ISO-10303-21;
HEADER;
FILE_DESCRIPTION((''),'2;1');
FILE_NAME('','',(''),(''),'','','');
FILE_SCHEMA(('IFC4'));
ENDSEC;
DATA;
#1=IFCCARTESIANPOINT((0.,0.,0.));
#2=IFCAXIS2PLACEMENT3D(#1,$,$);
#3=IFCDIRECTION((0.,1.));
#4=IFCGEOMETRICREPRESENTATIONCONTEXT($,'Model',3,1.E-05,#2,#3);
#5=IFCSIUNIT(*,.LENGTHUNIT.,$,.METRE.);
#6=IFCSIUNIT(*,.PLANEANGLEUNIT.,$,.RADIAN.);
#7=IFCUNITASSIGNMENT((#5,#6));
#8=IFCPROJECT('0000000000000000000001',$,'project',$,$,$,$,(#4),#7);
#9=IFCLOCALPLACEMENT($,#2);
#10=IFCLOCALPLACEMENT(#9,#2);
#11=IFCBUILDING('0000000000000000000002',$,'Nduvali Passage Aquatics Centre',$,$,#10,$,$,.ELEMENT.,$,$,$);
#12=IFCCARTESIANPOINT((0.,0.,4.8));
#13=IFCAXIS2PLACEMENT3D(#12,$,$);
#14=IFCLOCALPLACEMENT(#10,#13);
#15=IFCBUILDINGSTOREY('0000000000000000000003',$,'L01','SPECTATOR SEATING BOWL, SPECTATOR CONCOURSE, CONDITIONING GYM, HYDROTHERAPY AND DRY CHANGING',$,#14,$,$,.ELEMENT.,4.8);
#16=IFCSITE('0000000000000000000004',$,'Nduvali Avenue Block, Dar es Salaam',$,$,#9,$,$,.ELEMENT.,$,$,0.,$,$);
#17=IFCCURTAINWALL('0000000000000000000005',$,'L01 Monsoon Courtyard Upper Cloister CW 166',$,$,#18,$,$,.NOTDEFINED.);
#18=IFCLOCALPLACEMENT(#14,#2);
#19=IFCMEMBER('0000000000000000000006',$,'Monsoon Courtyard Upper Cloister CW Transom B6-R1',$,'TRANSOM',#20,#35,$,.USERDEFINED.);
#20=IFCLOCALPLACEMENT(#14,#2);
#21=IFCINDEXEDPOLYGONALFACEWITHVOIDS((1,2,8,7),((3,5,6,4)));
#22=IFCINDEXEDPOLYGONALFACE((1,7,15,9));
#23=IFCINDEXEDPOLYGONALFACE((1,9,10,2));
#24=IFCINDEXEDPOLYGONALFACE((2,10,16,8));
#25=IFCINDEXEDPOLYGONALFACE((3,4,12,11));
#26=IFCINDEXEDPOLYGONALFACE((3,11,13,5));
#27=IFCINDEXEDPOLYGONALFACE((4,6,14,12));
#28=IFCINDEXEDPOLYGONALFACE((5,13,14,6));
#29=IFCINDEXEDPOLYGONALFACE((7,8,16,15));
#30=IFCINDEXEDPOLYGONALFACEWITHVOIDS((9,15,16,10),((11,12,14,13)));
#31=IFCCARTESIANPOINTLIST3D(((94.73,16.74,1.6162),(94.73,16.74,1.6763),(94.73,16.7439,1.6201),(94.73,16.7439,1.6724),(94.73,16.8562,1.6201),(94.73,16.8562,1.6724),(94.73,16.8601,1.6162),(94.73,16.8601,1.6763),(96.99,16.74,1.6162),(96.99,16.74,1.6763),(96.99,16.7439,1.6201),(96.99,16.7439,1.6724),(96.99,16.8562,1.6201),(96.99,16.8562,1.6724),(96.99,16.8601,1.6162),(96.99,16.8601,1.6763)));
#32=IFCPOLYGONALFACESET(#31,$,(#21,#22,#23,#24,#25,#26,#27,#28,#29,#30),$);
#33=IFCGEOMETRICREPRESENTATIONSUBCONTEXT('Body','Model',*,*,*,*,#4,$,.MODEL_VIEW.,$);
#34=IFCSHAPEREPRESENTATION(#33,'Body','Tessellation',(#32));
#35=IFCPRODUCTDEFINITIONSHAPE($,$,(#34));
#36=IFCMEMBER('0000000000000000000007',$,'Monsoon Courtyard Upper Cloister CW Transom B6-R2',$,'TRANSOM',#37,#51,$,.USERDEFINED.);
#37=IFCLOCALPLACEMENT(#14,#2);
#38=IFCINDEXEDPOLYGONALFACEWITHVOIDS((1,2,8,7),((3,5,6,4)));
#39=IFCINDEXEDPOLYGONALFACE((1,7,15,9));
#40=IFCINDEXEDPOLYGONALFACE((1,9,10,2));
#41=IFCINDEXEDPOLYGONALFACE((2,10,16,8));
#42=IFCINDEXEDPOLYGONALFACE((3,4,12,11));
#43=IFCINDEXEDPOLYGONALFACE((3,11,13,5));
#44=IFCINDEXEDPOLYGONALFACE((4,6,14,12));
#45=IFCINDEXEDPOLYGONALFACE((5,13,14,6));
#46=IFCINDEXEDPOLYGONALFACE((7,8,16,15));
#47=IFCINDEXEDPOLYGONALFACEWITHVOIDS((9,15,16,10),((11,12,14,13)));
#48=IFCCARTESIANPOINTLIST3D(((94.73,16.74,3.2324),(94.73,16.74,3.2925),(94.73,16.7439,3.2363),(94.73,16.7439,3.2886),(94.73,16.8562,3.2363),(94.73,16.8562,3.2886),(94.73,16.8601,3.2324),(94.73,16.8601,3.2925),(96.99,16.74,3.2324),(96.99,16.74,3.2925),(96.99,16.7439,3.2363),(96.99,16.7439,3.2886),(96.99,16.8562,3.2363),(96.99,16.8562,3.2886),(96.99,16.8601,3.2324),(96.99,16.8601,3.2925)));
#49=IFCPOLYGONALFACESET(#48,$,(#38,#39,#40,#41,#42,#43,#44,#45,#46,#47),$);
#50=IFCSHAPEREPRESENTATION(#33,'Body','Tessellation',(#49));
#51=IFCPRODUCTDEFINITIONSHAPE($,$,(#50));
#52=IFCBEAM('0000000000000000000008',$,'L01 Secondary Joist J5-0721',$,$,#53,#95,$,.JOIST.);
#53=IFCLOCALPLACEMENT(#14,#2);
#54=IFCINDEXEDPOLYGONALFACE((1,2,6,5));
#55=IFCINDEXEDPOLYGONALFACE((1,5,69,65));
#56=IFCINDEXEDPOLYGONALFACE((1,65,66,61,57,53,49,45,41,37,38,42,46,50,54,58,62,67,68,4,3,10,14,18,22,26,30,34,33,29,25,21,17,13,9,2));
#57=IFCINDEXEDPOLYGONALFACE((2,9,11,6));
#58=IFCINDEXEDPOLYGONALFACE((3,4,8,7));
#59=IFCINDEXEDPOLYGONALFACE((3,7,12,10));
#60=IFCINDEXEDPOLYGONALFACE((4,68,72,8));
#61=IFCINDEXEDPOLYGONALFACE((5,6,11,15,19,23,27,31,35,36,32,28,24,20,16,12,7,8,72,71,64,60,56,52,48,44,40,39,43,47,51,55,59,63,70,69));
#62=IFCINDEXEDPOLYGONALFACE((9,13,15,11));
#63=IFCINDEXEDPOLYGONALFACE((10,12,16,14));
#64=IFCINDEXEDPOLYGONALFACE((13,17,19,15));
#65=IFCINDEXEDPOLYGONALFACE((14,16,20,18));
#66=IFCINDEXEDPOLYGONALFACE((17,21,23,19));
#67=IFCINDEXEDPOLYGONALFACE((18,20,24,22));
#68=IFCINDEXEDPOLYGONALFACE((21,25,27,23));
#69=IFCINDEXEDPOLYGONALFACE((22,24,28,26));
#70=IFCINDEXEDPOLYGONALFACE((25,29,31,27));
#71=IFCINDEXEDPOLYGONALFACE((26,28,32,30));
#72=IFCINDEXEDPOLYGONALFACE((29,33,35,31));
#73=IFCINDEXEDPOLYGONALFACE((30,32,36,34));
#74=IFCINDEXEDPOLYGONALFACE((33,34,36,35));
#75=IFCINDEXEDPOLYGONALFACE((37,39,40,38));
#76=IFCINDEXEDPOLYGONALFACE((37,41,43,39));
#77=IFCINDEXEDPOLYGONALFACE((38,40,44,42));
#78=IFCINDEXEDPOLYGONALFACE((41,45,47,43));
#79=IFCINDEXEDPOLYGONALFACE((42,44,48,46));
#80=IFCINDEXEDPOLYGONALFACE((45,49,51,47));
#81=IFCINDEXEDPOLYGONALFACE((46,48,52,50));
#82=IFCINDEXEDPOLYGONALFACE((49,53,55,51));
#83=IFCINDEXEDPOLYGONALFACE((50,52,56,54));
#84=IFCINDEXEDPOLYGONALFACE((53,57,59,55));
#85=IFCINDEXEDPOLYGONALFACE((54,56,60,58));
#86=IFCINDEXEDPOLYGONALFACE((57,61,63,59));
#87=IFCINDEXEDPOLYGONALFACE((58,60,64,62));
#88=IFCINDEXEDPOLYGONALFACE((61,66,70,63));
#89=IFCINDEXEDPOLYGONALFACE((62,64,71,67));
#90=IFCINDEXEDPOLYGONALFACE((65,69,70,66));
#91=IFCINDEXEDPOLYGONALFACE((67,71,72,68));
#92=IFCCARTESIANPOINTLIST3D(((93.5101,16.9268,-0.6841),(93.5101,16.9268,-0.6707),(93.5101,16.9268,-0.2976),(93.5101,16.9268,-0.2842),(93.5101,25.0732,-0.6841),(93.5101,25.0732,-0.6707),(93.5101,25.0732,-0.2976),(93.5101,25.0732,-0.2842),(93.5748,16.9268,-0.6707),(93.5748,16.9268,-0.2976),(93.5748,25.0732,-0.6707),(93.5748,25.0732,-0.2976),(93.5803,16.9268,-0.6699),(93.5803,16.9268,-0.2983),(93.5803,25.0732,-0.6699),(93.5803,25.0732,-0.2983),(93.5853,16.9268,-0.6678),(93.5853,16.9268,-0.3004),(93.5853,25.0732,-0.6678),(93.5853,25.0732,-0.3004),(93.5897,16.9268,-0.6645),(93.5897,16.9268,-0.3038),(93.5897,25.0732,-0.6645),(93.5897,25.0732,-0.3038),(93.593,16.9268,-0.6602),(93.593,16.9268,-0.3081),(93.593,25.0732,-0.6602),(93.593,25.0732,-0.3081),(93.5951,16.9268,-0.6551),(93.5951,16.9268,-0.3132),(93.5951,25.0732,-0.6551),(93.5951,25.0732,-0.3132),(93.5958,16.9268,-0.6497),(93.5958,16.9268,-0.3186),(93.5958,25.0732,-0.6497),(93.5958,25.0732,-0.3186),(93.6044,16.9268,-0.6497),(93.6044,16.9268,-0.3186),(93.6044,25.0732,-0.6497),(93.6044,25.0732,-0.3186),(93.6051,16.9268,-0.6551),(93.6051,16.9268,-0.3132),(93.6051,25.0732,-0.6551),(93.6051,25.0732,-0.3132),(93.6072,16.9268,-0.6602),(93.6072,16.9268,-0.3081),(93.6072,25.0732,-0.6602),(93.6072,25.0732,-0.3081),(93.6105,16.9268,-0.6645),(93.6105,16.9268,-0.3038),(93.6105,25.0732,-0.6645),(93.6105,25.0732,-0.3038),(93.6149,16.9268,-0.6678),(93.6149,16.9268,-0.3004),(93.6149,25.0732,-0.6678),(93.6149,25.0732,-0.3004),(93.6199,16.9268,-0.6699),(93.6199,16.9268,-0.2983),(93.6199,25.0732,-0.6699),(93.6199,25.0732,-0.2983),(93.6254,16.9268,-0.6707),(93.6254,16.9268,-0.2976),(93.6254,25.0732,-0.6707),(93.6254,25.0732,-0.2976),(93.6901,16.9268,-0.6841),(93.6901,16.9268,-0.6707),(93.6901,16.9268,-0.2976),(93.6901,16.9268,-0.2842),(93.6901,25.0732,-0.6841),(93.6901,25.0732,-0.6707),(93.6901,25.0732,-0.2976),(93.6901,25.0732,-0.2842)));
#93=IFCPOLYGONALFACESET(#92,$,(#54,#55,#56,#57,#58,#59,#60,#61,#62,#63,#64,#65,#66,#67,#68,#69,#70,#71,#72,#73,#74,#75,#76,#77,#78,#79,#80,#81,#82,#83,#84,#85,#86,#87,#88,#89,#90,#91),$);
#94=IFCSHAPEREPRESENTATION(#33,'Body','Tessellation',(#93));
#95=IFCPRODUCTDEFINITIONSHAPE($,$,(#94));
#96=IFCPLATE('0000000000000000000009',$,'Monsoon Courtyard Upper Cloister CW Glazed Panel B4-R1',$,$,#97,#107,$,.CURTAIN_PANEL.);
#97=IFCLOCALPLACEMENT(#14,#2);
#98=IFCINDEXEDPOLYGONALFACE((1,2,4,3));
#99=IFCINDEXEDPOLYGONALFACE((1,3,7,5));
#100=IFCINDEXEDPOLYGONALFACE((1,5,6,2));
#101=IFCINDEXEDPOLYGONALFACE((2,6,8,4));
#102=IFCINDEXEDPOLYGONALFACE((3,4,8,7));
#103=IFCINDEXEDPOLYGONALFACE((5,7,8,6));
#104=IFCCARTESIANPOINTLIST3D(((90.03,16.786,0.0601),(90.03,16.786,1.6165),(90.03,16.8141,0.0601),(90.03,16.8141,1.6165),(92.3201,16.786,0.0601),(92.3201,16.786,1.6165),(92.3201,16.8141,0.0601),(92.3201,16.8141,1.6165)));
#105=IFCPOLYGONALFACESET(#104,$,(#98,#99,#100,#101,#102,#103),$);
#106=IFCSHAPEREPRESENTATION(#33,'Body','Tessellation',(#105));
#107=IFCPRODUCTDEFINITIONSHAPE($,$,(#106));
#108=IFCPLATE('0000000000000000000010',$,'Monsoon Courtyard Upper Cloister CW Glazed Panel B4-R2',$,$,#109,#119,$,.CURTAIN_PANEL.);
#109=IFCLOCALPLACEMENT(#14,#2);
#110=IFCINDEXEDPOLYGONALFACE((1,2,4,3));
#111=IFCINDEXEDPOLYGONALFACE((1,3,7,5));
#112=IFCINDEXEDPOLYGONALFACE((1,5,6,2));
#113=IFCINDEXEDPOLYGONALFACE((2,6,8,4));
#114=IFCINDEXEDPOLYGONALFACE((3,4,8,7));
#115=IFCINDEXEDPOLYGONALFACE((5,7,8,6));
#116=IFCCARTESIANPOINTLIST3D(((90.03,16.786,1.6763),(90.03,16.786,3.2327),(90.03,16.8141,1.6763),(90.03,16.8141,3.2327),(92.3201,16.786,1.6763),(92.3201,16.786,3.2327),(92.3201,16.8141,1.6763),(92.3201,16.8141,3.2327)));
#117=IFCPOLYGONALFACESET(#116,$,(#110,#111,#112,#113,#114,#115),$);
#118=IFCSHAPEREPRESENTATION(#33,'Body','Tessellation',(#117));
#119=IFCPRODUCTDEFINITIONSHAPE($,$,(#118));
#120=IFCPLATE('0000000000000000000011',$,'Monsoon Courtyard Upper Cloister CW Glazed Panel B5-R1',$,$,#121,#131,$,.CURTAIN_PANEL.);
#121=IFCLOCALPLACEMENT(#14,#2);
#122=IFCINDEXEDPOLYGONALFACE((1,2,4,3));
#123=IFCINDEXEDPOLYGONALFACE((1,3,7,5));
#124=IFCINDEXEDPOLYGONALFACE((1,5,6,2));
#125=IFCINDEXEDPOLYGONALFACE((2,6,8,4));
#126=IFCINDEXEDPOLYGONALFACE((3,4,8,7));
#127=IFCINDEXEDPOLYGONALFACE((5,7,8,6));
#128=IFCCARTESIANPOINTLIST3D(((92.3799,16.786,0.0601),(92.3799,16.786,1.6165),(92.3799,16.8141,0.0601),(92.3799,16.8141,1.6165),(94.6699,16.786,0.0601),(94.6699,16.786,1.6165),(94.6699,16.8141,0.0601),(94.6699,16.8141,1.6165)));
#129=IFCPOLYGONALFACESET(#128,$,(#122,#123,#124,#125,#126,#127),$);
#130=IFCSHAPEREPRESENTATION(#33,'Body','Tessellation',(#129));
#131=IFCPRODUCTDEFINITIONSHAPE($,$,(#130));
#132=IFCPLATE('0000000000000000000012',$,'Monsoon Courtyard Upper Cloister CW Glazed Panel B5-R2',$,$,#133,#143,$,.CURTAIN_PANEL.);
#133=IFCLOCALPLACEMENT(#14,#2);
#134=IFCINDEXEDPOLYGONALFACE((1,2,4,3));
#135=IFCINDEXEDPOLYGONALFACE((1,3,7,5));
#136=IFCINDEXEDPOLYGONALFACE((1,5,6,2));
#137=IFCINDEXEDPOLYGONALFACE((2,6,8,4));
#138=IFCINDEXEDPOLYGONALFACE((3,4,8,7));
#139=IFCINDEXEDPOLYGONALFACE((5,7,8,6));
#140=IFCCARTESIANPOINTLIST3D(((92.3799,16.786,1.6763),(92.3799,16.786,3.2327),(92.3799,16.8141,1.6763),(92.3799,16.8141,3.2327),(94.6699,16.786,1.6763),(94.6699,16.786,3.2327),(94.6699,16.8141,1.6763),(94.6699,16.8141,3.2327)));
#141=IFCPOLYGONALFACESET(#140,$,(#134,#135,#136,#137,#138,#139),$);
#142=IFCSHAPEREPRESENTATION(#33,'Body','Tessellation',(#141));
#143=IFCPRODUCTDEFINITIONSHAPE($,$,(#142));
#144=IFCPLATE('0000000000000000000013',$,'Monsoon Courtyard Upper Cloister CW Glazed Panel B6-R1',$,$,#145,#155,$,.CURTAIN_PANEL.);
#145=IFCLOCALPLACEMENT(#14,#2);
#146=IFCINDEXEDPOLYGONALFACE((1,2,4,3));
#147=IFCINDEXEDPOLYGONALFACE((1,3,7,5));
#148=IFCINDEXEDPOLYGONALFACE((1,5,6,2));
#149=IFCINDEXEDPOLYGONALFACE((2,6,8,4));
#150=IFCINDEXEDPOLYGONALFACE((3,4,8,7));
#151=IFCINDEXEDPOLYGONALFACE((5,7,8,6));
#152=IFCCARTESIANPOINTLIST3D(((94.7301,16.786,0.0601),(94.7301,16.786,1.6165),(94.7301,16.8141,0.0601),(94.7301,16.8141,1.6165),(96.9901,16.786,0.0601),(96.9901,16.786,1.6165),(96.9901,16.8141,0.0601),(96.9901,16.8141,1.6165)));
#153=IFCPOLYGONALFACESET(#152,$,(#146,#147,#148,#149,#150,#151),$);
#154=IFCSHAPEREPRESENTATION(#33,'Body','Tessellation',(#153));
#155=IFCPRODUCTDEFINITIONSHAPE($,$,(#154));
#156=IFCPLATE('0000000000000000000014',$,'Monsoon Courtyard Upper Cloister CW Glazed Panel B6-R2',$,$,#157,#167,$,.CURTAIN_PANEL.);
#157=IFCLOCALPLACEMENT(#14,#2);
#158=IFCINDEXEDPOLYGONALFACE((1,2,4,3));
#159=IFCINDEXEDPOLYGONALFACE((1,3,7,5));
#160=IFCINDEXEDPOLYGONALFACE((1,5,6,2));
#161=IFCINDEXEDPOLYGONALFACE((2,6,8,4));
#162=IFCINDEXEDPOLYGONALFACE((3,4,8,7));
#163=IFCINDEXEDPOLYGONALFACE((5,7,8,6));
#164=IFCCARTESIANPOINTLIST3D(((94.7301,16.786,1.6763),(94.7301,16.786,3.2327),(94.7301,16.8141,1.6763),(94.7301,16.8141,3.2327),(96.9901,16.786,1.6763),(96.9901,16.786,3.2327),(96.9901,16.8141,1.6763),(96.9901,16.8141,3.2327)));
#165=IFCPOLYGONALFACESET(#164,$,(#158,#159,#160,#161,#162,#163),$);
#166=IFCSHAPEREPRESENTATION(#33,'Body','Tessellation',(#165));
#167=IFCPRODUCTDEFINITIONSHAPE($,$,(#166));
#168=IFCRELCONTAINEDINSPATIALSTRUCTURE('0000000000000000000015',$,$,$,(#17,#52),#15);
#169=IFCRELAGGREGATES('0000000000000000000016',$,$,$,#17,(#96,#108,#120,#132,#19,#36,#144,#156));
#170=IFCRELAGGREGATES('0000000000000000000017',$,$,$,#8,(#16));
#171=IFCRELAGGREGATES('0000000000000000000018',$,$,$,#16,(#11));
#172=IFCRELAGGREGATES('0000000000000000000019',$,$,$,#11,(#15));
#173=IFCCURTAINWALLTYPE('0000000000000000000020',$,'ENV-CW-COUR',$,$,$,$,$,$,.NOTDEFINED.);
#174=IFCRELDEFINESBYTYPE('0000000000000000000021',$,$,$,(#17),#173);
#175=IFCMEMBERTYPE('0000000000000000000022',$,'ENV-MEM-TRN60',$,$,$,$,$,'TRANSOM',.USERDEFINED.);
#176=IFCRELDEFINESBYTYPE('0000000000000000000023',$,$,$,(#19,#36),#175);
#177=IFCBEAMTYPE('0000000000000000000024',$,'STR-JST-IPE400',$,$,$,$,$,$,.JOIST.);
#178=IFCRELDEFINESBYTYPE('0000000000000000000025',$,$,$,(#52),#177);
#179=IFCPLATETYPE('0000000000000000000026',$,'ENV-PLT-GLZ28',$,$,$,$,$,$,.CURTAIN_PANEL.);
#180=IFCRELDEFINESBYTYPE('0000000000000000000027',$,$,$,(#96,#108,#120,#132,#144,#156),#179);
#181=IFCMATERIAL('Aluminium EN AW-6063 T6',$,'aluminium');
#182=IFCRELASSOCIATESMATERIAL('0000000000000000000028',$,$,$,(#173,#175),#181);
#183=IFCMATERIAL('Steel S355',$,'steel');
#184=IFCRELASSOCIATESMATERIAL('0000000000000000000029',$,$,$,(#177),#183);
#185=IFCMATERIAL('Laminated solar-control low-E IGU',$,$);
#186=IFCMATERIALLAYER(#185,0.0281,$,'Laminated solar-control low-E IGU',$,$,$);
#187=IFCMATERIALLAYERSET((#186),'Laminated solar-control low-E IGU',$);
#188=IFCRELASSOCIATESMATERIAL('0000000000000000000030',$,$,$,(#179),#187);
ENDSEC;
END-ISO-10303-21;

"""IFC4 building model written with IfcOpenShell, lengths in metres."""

from ifc_helpers import new_model, si_unit, direction, frame, origin, origin_2d, place, context, subcontext, project, spatial, rectangle, hollow_rectangle, i_section, extrude, material, layer, layer_set, material_profile, profile_set, type_object, element, aggregate, save


model = new_model("IFC4")

# Units and contexts
model_context = context("Model", 3, precision=1e-05, world=origin(), true_north=direction((0.0, 1.0)))
body_context = subcontext(model_context, "Body", "Model", "MODEL_VIEW")
ifc_project = project(units=[si_unit("LENGTHUNIT", "METRE"), si_unit("PLANEANGLEUNIT", "RADIAN")], contexts=[model_context])

# Site, building, storey
site_placement = place(None, origin())
site = spatial("IfcSite", under=ifc_project, at=site_placement, Name="Nduvali Avenue Block, Dar es Salaam", CompositionType="ELEMENT", RefElevation=0.0)
building_placement = place(site_placement, origin())
building = spatial("IfcBuilding", under=site, at=building_placement, Name="Nduvali Passage Aquatics Centre", CompositionType="ELEMENT")
storey_placement = place(building_placement, frame((0.0, 0.0, 4.8)))
storey = spatial("IfcBuildingStorey", under=building, at=storey_placement, Name="L01", Description="SPECTATOR SEATING BOWL, SPECTATOR CONCOURSE, CONDITIONING GYM, HYDROTHERAPY AND DRY CHANGING", CompositionType="ELEMENT", Elevation=4.8)

# Curtain wall, members
ifc_material_1 = material(Name="Aluminium EN AW-6063 T6", Category="aluminium")
curtain_wall_type = type_object("IfcCurtainWallType", Name="ENV-CW-COUR", PredefinedType="NOTDEFINED", material=ifc_material_1)
curtain_wall_placement = place(storey_placement, origin())
curtain_wall = element("IfcCurtainWall", 1, at=curtain_wall_placement, inside=storey, type_object=curtain_wall_type, Name="L01 Monsoon Courtyard Upper Cloister CW 166", PredefinedType="NOTDEFINED")
ifc_material_profile_1 = material_profile(ifc_material_1, hollow_rectangle(XDim=0.1201, YDim=0.0601, WallThickness=0.0039, at=origin_2d()), Name="ALU TRANSOM 120x60x4")
ifc_profile_set_1 = profile_set([ifc_material_profile_1], Name="Aluminium EN AW-6063 T6")
member_type_1 = type_object("IfcMemberType", Name="ENV-MEM-TRN60", ElementType="TRANSOM", PredefinedType="USERDEFINED", material=ifc_profile_set_1)
member_1_placement = place(storey_placement, frame((94.73, 16.8, 1.6462), z_axis=(1.0, 0.0, 0.0), x_axis=(0.0, 1.0, 0.0)))
member_1 = element("IfcMember", 2, at=member_1_placement, type_object=member_type_1, Name="Monsoon Courtyard Upper Cloister CW Transom B6-R1", ObjectType="TRANSOM", PredefinedType="USERDEFINED", context=body_context, shape_type="SweptSolid", body=[
    extrude(hollow_rectangle(XDim=0.1201, YDim=0.0601, WallThickness=0.0039, at=origin_2d()), origin(), (0.0, 0.0, 1.0), 2.26),
])
member_2_placement = place(storey_placement, frame((94.73, 16.8, 3.2625), z_axis=(1.0, 0.0, 0.0), x_axis=(0.0, 1.0, 0.0)))
member_2 = element("IfcMember", 3, at=member_2_placement, type_object=member_type_1, Name="Monsoon Courtyard Upper Cloister CW Transom B6-R2", ObjectType="TRANSOM", PredefinedType="USERDEFINED", context=body_context, shape_type="SweptSolid", body=[
    extrude(hollow_rectangle(XDim=0.1201, YDim=0.0601, WallThickness=0.0039, at=origin_2d()), origin(), (0.0, 0.0, 1.0), 2.26),
])

# Beam
ifc_material_2 = material(Name="Steel S355", Category="steel")
ifc_material_profile_2 = material_profile(ifc_material_2, i_section(OverallWidth=0.1799, OverallDepth=0.3999, WebThickness=0.0085, FlangeThickness=0.0134, FilletRadius=0.021, at=origin_2d()), Name="IPE 400")
ifc_profile_set_2 = profile_set([ifc_material_profile_2], Name="Steel S355")
beam_type = type_object("IfcBeamType", Name="STR-JST-IPE400", PredefinedType="JOIST", material=ifc_profile_set_2)
beam_placement = place(storey_placement, frame((93.6001, 16.9268, -0.4841), z_axis=(0.0, 1.0, 0.0), x_axis=(-1.0, 0.0, 0.0)))
element("IfcBeam", 4, at=beam_placement, inside=storey, type_object=beam_type, Name="L01 Secondary Joist J5-0721", PredefinedType="JOIST", context=body_context, shape_type="SweptSolid", body=[
    extrude(i_section(OverallWidth=0.1799, OverallDepth=0.3999, WebThickness=0.0085, FlangeThickness=0.0134, FilletRadius=0.021, at=origin_2d()), origin(), (0.0, 0.0, 1.0), 8.1465),
])

# Plates
ifc_material_3 = material(Name="Laminated solar-control low-E IGU")
ifc_layer = layer(ifc_material_3, 0.0281, Name="Laminated solar-control low-E IGU")
ifc_layer_set = layer_set([ifc_layer], Name="Laminated solar-control low-E IGU")
plate_type = type_object("IfcPlateType", Name="ENV-PLT-GLZ28", PredefinedType="CURTAIN_PANEL", material=ifc_layer_set)
plate_1_placement = place(storey_placement, frame((91.175, 16.8, 0.0601), z_axis=(0.0, 0.0, 1.0), x_axis=(1.0, 0.0, 0.0)))
plate_1 = element("IfcPlate", 5, at=plate_1_placement, type_object=plate_type, Name="Monsoon Courtyard Upper Cloister CW Glazed Panel B4-R1", PredefinedType="CURTAIN_PANEL", context=body_context, shape_type="SweptSolid", body=[
    extrude(rectangle(XDim=2.29, YDim=0.0281, at=origin_2d()), origin(), (0.0, 0.0, 1.0), 1.5564),
])
plate_2_placement = place(storey_placement, frame((91.175, 16.8, 1.6763), z_axis=(0.0, 0.0, 1.0), x_axis=(1.0, 0.0, 0.0)))
plate_2 = element("IfcPlate", 6, at=plate_2_placement, type_object=plate_type, Name="Monsoon Courtyard Upper Cloister CW Glazed Panel B4-R2", PredefinedType="CURTAIN_PANEL", context=body_context, shape_type="SweptSolid", body=[
    extrude(rectangle(XDim=2.29, YDim=0.0281, at=origin_2d()), origin(), (0.0, 0.0, 1.0), 1.5564),
])
plate_3_placement = place(storey_placement, frame((93.5249, 16.8, 0.0601), z_axis=(0.0, 0.0, 1.0), x_axis=(1.0, 0.0, 0.0)))
plate_3 = element("IfcPlate", 7, at=plate_3_placement, type_object=plate_type, Name="Monsoon Courtyard Upper Cloister CW Glazed Panel B5-R1", PredefinedType="CURTAIN_PANEL", context=body_context, shape_type="SweptSolid", body=[
    extrude(rectangle(XDim=2.29, YDim=0.0281, at=origin_2d()), origin(), (0.0, 0.0, 1.0), 1.5564),
])
plate_4_placement = place(storey_placement, frame((93.5249, 16.8, 1.6763), z_axis=(0.0, 0.0, 1.0), x_axis=(1.0, 0.0, 0.0)))
plate_4 = element("IfcPlate", 8, at=plate_4_placement, type_object=plate_type, Name="Monsoon Courtyard Upper Cloister CW Glazed Panel B5-R2", PredefinedType="CURTAIN_PANEL", context=body_context, shape_type="SweptSolid", body=[
    extrude(rectangle(XDim=2.29, YDim=0.0281, at=origin_2d()), origin(), (0.0, 0.0, 1.0), 1.5564),
])
plate_5_placement = place(storey_placement, frame((95.8601, 16.8, 0.0601), z_axis=(0.0, 0.0, 1.0), x_axis=(1.0, 0.0, 0.0)))
plate_5 = element("IfcPlate", 9, at=plate_5_placement, type_object=plate_type, Name="Monsoon Courtyard Upper Cloister CW Glazed Panel B6-R1", PredefinedType="CURTAIN_PANEL", context=body_context, shape_type="SweptSolid", body=[
    extrude(rectangle(XDim=2.26, YDim=0.0281, at=origin_2d()), origin(), (0.0, 0.0, 1.0), 1.5564),
])
plate_6_placement = place(storey_placement, frame((95.8601, 16.8, 1.6763), z_axis=(0.0, 0.0, 1.0), x_axis=(1.0, 0.0, 0.0)))
plate_6 = element("IfcPlate", 10, at=plate_6_placement, type_object=plate_type, Name="Monsoon Courtyard Upper Cloister CW Glazed Panel B6-R2", PredefinedType="CURTAIN_PANEL", context=body_context, shape_type="SweptSolid", body=[
    extrude(rectangle(XDim=2.26, YDim=0.0281, at=origin_2d()), origin(), (0.0, 0.0, 1.0), 1.5564),
])
aggregate(curtain_wall, [plate_1, plate_2, plate_3, plate_4, member_1, member_2, plate_5, plate_6])

save(model, "model.ifc")
